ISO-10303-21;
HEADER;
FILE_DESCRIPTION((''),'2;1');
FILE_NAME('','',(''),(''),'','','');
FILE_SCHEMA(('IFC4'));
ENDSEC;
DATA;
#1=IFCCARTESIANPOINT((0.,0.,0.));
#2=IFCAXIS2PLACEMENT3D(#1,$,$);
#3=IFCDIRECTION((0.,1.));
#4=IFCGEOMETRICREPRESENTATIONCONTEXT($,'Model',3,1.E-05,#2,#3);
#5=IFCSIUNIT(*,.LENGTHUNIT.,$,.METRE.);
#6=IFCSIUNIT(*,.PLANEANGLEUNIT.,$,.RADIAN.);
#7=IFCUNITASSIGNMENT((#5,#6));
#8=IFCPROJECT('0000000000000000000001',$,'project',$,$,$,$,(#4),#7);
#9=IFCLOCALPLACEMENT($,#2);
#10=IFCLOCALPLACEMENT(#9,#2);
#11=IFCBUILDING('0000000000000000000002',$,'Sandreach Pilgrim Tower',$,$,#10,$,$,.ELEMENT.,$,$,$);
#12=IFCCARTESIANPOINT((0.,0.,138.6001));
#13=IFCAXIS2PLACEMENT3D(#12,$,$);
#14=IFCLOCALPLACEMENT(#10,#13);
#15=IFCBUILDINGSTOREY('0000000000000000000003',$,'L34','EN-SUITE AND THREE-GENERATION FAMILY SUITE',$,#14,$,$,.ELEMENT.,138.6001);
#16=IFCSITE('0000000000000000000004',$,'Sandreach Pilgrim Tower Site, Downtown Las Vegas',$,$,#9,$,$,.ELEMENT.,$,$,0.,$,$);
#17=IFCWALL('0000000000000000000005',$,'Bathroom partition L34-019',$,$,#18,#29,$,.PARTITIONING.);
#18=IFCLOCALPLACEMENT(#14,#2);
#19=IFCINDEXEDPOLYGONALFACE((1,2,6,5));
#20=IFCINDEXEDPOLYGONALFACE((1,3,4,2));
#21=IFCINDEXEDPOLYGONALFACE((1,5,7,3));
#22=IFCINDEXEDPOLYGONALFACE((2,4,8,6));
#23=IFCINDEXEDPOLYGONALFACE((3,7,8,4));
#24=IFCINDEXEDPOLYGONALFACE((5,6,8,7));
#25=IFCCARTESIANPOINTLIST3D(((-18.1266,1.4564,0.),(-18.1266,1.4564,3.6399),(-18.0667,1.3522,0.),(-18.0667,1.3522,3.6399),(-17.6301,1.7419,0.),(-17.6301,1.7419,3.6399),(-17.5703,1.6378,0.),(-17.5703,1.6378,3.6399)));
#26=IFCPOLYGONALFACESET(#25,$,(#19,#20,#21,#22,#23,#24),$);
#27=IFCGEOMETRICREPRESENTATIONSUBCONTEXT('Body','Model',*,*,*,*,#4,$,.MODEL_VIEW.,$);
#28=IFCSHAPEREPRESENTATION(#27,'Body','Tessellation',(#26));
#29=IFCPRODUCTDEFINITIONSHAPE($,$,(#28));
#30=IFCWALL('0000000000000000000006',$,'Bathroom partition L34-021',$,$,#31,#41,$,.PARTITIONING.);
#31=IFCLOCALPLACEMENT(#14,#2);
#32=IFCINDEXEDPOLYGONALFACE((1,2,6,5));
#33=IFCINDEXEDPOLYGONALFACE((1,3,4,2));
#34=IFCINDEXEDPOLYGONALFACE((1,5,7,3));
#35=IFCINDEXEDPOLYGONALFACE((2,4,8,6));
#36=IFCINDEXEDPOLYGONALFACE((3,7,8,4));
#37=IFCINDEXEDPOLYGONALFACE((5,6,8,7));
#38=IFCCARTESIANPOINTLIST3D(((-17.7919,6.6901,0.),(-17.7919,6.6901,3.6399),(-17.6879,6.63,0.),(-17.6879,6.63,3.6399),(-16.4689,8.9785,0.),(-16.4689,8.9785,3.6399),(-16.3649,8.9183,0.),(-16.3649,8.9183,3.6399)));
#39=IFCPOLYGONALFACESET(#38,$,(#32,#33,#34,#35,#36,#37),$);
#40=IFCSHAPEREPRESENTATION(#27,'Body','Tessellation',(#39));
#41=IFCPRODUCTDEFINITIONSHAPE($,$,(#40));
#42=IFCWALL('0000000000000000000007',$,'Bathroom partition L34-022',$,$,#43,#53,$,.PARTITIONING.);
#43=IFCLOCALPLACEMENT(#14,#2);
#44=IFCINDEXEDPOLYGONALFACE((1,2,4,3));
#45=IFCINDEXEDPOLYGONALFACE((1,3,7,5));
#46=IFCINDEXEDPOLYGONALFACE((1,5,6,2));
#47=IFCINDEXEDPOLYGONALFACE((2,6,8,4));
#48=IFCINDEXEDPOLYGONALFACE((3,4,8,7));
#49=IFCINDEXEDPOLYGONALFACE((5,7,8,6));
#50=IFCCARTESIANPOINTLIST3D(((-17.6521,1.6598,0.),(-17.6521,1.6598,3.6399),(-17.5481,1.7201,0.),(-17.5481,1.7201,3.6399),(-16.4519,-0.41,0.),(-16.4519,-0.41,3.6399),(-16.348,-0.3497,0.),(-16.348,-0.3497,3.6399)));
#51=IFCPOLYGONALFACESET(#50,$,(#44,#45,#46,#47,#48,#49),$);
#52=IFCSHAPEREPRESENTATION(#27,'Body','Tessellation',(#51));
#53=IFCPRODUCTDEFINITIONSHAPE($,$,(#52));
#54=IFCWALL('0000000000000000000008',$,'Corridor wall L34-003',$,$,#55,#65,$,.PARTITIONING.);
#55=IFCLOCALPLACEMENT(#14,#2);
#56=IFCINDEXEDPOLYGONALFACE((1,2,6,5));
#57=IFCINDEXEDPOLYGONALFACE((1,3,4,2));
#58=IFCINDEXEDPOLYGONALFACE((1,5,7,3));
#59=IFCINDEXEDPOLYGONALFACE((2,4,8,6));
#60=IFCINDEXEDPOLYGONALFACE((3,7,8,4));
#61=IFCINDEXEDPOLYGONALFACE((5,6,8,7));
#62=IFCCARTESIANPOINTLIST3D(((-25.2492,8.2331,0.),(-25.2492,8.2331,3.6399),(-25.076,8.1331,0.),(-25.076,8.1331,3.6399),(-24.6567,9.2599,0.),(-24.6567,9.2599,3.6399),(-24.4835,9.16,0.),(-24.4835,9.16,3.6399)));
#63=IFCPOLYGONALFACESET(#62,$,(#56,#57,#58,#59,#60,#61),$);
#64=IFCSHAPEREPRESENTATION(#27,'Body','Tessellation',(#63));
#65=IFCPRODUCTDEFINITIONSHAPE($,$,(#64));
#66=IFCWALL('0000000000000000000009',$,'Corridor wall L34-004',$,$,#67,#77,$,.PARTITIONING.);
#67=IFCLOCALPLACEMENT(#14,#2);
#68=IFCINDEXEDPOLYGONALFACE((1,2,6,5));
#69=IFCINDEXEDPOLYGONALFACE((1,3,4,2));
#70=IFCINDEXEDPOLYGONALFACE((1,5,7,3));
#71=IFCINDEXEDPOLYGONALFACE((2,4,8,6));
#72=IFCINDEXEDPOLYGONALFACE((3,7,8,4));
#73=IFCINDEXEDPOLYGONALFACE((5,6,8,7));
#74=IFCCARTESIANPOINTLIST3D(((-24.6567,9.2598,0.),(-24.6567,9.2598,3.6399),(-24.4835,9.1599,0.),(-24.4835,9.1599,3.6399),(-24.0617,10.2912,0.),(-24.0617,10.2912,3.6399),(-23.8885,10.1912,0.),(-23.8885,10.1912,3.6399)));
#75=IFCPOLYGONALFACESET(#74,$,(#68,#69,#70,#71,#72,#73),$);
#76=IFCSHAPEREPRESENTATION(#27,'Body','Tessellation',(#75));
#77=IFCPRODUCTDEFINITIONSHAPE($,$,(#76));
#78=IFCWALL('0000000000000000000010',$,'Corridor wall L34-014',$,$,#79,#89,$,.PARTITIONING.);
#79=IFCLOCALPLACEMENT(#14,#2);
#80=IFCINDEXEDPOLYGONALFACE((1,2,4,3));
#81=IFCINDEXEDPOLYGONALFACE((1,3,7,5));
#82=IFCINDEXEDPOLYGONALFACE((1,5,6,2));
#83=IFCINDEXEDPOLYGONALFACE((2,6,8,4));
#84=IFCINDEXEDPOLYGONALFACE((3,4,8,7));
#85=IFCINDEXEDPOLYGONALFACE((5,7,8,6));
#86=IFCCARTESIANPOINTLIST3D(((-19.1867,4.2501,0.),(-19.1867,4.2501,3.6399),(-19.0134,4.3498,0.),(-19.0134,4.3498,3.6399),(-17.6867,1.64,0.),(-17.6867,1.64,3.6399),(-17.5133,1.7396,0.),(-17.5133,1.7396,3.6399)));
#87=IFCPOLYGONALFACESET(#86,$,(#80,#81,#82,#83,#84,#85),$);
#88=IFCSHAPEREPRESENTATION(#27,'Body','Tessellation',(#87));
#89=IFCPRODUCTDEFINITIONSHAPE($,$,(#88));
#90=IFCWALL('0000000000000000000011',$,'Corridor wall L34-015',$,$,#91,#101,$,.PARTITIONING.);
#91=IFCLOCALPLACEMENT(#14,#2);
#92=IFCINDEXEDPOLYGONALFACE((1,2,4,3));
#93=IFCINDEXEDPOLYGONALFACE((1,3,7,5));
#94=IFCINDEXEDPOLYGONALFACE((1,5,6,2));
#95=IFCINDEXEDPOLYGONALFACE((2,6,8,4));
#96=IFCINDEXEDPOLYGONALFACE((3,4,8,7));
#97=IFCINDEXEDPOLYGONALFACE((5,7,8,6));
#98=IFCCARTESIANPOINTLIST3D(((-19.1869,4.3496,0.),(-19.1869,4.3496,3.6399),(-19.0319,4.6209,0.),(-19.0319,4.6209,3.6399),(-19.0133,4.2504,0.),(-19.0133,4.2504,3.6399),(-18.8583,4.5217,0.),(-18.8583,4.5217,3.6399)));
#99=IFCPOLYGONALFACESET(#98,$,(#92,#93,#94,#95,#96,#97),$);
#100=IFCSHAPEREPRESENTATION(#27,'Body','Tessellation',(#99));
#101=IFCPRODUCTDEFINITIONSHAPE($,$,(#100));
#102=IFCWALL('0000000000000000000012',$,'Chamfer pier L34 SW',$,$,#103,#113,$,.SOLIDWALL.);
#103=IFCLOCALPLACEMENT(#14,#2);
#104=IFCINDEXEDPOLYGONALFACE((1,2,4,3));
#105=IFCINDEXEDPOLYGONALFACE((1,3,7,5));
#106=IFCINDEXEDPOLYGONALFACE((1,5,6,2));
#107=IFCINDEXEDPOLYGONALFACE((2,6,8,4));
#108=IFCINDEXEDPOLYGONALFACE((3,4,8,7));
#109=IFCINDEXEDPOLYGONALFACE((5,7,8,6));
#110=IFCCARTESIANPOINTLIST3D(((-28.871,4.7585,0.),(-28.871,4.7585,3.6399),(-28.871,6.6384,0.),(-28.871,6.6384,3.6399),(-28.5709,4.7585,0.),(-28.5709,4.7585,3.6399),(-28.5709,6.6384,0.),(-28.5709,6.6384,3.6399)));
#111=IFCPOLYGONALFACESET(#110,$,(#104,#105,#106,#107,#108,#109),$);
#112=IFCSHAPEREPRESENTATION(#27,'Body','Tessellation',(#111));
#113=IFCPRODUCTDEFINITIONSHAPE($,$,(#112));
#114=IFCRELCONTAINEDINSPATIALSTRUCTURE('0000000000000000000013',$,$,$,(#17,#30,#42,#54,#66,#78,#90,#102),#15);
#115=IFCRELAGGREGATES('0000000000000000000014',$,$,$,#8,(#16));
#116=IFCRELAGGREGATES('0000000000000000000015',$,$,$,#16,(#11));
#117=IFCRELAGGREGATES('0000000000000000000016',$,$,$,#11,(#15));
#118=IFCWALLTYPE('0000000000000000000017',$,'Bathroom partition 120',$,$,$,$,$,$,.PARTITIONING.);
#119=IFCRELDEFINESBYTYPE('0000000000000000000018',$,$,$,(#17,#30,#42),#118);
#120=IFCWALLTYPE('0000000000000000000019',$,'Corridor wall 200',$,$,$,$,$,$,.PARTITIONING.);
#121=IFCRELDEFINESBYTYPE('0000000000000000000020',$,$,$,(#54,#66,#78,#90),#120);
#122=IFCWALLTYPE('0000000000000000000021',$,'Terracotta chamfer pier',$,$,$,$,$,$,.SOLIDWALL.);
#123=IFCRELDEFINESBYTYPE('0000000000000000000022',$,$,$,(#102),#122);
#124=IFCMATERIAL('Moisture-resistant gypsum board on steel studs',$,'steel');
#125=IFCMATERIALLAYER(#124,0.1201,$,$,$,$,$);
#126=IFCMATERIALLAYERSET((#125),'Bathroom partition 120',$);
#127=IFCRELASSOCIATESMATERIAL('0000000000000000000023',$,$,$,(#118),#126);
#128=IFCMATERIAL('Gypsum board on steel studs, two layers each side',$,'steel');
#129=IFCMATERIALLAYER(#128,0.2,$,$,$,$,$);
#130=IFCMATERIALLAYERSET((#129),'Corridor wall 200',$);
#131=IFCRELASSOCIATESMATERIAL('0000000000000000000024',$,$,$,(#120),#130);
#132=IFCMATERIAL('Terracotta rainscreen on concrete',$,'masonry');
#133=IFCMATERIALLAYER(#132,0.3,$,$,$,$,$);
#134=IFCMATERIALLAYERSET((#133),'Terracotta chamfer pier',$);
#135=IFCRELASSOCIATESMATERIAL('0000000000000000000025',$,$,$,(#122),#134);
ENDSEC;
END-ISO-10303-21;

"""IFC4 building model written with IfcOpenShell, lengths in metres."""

from ifc_helpers import new_model, si_unit, direction, frame, frame_2d, origin, place, context, subcontext, project, spatial, rectangle, extrude, material, layer, layer_set, type_object, element, save


model = new_model("IFC4")

# Units and contexts
model_context = context("Model", 3, precision=1e-05, world=origin(), true_north=direction((0.0, 1.0)))
body_context = subcontext(model_context, "Body", "Model", "MODEL_VIEW")
ifc_project = project(units=[si_unit("LENGTHUNIT", "METRE"), si_unit("PLANEANGLEUNIT", "RADIAN")], contexts=[model_context])

# Site, building, storey
site_placement = place(None, origin())
site = spatial("IfcSite", under=ifc_project, at=site_placement, Name="Sandreach Pilgrim Tower Site, Downtown Las Vegas", CompositionType="ELEMENT", RefElevation=0.0)
building_placement = place(site_placement, origin())
building = spatial("IfcBuilding", under=site, at=building_placement, Name="Sandreach Pilgrim Tower", CompositionType="ELEMENT")
storey_placement = place(building_placement, frame((0.0, 0.0, 138.6001)))
storey = spatial("IfcBuildingStorey", under=building, at=storey_placement, Name="L34", Description="EN-SUITE AND THREE-GENERATION FAMILY SUITE", CompositionType="ELEMENT", Elevation=138.6001)

# Shared definitions
ifc_material_1 = material(Name="Moisture-resistant gypsum board on steel studs", Category="steel")
ifc_layer_1 = layer(ifc_material_1, 0.1201)
ifc_layer_set_1 = layer_set([ifc_layer_1], Name="Bathroom partition 120")
wall_type_1 = type_object("IfcWallType", Name="Bathroom partition 120", PredefinedType="PARTITIONING", material=ifc_layer_set_1)

# Walls
wall_1_placement = place(storey_placement, frame((-18.0967, 1.4043, 0.0), z_axis=(0.0, 0.0, 1.0), x_axis=(0.866823, 0.498615, 0.0)))
element("IfcWall", 1, at=wall_1_placement, inside=storey, type_object=wall_type_1, Name="Bathroom partition L34-019", PredefinedType="PARTITIONING", context=body_context, shape_type="SweptSolid", body=[
    extrude(rectangle(XDim=0.5728, YDim=0.1201, at=frame_2d((0.2864, 0.0))), origin(), (0.0, 0.0, 1.0), 3.6399),
])
wall_2_placement = place(storey_placement, frame((-17.74, 6.6599, 0.0), z_axis=(0.0, 0.0, 1.0), x_axis=(0.500519, 0.865725, 0.0)))
element("IfcWall", 2, at=wall_2_placement, inside=storey, type_object=wall_type_1, Name="Bathroom partition L34-021", PredefinedType="PARTITIONING", context=body_context, shape_type="SweptSolid", body=[
    extrude(rectangle(XDim=2.6433, YDim=0.1201, at=frame_2d((1.3218, 0.0))), origin(), (0.0, 0.0, 1.0), 3.6399),
])
wall_3_placement = place(storey_placement, frame((-17.6001, 1.6899, 0.0), z_axis=(0.0, 0.0, 1.0), x_axis=(0.501623, -0.865086, 0.0)))
element("IfcWall", 3, at=wall_3_placement, inside=storey, type_object=wall_type_1, Name="Bathroom partition L34-022", PredefinedType="PARTITIONING", context=body_context, shape_type="SweptSolid", body=[
    extrude(rectangle(XDim=2.3926, YDim=0.1201, at=frame_2d((1.1963, 0.0))), origin(), (0.0, 0.0, 1.0), 3.6399),
])

# Shared definitions
ifc_material_2 = material(Name="Gypsum board on steel studs, two layers each side", Category="steel")
ifc_layer_2 = layer(ifc_material_2, 0.2)
ifc_layer_set_2 = layer_set([ifc_layer_2], Name="Corridor wall 200")
wall_type_2 = type_object("IfcWallType", Name="Corridor wall 200", PredefinedType="PARTITIONING", material=ifc_layer_set_2)

# Walls
wall_4_placement = place(storey_placement, frame((-25.1626, 8.1831, 0.0), z_axis=(0.0, 0.0, 1.0), x_axis=(0.499794, 0.866144, 0.0)))
element("IfcWall", 4, at=wall_4_placement, inside=storey, type_object=wall_type_2, Name="Corridor wall L34-003", PredefinedType="PARTITIONING", context=body_context, shape_type="SweptSolid", body=[
    extrude(rectangle(XDim=1.1855, YDim=0.2, at=frame_2d((0.5928, 0.0))), origin(), (0.0, 0.0, 1.0), 3.6399),
])
wall_5_placement = place(storey_placement, frame((-24.5701, 9.21, 0.0), z_axis=(0.0, 0.0, 1.0), x_axis=(0.499734, 0.866179, 0.0)))
element("IfcWall", 5, at=wall_5_placement, inside=storey, type_object=wall_type_2, Name="Corridor wall L34-004", PredefinedType="PARTITIONING", context=body_context, shape_type="SweptSolid", body=[
    extrude(rectangle(XDim=1.1907, YDim=0.2, at=frame_2d((0.5952, 0.0))), origin(), (0.0, 0.0, 1.0), 3.6399),
])
wall_6_placement = place(storey_placement, frame((-19.1001, 4.3, 0.0), z_axis=(0.0, 0.0, 1.0), x_axis=(0.498268, -0.867023, 0.0)))
element("IfcWall", 6, at=wall_6_placement, inside=storey, type_object=wall_type_2, Name="Corridor wall L34-014", PredefinedType="PARTITIONING", context=body_context, shape_type="SweptSolid", body=[
    extrude(rectangle(XDim=3.0105, YDim=0.2, at=frame_2d((1.5054, 0.0))), origin(), (0.0, 0.0, 1.0), 3.6399),
])
wall_7_placement = place(storey_placement, frame((-18.9451, 4.5713, 0.0), z_axis=(0.0, 0.0, 1.0), x_axis=(-0.496223, -0.868195, 0.0)))
element("IfcWall", 7, at=wall_7_placement, inside=storey, type_object=wall_type_2, Name="Corridor wall L34-015", PredefinedType="PARTITIONING", context=body_context, shape_type="SweptSolid", body=[
    extrude(rectangle(XDim=0.3125, YDim=0.2, at=frame_2d((0.1562, 0.0))), origin(), (0.0, 0.0, 1.0), 3.6399),
])
ifc_material_3 = material(Name="Terracotta rainscreen on concrete", Category="masonry")
ifc_layer_3 = layer(ifc_material_3, 0.3)
ifc_layer_set_3 = layer_set([ifc_layer_3], Name="Terracotta chamfer pier")
wall_type_3 = type_object("IfcWallType", Name="Terracotta chamfer pier", PredefinedType="SOLIDWALL", material=ifc_layer_set_3)
wall_8_placement = place(storey_placement, frame((-28.7209, 4.7585, 0.0), z_axis=(0.0, 0.0, 1.0), x_axis=(0.0, 1.0, 0.0)))
element("IfcWall", 8, at=wall_8_placement, inside=storey, type_object=wall_type_3, Name="Chamfer pier L34 SW", PredefinedType="SOLIDWALL", context=body_context, shape_type="SweptSolid", body=[
    extrude(rectangle(XDim=1.8799, YDim=0.3, at=frame_2d((0.9399, 0.0))), origin(), (0.0, 0.0, 1.0), 3.6399),
])

save(model, "model.ifc")
